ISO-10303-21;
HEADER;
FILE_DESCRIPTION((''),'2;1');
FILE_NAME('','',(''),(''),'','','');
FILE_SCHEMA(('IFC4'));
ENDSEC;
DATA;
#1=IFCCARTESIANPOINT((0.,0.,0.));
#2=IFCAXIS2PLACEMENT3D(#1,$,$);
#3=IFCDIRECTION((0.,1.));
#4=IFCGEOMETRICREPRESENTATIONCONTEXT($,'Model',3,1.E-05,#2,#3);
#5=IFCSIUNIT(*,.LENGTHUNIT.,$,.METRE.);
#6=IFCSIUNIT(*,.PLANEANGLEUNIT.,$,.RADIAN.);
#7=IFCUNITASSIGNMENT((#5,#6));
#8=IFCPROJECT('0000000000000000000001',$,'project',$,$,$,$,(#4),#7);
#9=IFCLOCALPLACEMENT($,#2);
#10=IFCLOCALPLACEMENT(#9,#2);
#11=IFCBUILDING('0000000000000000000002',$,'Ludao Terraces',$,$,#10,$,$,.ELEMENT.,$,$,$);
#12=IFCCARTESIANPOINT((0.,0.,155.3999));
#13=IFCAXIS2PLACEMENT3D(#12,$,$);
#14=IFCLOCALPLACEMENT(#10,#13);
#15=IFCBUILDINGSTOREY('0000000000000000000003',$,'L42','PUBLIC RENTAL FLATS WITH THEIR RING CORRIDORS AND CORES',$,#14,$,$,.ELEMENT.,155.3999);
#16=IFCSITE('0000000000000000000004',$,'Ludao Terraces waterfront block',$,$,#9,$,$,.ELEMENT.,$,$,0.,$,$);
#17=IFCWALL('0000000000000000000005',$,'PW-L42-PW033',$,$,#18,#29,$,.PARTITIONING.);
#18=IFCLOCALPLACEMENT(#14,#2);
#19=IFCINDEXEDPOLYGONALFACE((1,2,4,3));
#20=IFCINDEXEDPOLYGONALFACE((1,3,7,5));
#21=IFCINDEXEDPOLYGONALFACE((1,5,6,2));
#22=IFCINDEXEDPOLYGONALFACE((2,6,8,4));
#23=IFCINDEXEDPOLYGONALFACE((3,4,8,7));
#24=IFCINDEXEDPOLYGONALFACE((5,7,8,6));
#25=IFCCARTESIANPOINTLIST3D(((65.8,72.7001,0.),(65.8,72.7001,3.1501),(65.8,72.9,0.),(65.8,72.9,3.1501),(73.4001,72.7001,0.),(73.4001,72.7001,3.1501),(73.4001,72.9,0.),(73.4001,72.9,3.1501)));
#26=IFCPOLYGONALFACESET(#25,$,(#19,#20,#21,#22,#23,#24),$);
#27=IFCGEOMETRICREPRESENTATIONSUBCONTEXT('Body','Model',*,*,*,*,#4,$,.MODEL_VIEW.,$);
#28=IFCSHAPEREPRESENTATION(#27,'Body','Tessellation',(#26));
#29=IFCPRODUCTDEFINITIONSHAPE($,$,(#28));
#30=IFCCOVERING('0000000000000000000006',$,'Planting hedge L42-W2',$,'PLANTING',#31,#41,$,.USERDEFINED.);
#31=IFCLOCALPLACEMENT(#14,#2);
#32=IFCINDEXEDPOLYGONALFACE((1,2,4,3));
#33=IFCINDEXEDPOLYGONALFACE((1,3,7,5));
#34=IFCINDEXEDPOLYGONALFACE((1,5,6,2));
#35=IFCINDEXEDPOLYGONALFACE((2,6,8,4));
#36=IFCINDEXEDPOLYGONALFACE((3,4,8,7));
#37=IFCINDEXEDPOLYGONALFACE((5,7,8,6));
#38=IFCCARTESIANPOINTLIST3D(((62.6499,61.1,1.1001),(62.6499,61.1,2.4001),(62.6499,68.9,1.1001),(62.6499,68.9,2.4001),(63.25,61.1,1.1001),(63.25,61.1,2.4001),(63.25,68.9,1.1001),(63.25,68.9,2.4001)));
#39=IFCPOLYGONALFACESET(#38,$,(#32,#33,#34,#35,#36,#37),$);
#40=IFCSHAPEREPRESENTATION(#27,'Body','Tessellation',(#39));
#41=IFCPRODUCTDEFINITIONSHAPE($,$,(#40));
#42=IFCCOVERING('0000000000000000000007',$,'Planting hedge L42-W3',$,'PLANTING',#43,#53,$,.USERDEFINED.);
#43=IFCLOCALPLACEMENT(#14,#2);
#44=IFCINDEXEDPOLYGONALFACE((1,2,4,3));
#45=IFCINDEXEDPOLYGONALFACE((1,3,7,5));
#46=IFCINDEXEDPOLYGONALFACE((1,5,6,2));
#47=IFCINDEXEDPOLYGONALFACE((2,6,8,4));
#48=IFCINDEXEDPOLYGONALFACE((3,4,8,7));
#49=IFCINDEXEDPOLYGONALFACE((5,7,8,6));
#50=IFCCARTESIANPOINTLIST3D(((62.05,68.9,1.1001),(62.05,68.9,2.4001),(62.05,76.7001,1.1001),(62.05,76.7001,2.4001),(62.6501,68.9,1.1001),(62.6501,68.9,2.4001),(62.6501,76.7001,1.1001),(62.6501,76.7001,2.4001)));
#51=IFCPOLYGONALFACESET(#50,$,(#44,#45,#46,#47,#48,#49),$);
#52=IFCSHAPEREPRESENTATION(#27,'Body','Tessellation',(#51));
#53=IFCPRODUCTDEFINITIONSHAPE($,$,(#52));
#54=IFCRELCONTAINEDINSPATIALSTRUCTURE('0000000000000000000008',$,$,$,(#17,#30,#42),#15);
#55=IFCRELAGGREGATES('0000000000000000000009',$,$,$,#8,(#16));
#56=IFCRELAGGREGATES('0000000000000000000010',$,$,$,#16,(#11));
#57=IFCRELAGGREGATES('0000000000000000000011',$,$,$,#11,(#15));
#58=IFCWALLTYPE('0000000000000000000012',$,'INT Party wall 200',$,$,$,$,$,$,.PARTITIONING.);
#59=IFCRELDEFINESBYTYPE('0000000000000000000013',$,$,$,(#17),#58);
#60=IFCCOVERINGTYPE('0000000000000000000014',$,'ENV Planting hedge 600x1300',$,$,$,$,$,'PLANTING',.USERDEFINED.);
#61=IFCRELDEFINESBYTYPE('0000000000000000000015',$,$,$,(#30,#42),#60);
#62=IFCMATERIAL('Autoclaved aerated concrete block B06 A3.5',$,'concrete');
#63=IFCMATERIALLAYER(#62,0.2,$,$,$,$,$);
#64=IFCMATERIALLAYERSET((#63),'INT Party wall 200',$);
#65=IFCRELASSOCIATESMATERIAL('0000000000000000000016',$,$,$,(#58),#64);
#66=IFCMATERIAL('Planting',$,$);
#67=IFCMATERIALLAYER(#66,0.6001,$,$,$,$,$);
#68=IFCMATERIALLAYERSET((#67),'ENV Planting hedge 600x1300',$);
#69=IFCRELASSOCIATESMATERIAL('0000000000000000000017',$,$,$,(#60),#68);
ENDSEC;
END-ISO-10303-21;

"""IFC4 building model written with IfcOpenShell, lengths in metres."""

from ifc_helpers import new_model, si_unit, direction, frame, frame_2d, origin, origin_2d, place, context, subcontext, project, spatial, rectangle, extrude, material, layer, layer_set, type_object, element, save


model = new_model("IFC4")

# Units and contexts
model_context = context("Model", 3, precision=1e-05, world=origin(), true_north=direction((0.0, 1.0)))
body_context = subcontext(model_context, "Body", "Model", "MODEL_VIEW")
ifc_project = project(units=[si_unit("LENGTHUNIT", "METRE"), si_unit("PLANEANGLEUNIT", "RADIAN")], contexts=[model_context])

# Site, building, storey
site_placement = place(None, origin())
site = spatial("IfcSite", under=ifc_project, at=site_placement, Name="Ludao Terraces waterfront block", CompositionType="ELEMENT", RefElevation=0.0)
building_placement = place(site_placement, origin())
building = spatial("IfcBuilding", under=site, at=building_placement, Name="Ludao Terraces", CompositionType="ELEMENT")
storey_placement = place(building_placement, frame((0.0, 0.0, 155.3999)))
storey = spatial("IfcBuildingStorey", under=building, at=storey_placement, Name="L42", Description="PUBLIC RENTAL FLATS WITH THEIR RING CORRIDORS AND CORES", CompositionType="ELEMENT", Elevation=155.3999)

# Wall
ifc_material_1 = material(Name="Autoclaved aerated concrete block B06 A3.5", Category="concrete")
ifc_layer_1 = layer(ifc_material_1, 0.2)
ifc_layer_set_1 = layer_set([ifc_layer_1], Name="INT Party wall 200")
wall_type_1 = type_object("IfcWallType", Name="INT Party wall 200", PredefinedType="PARTITIONING", material=ifc_layer_set_1)
wall_1_placement = place(storey_placement, frame((65.8, 72.8, 0.0), z_axis=(0.0, 0.0, 1.0), x_axis=(1.0, 0.0, 0.0)))
element("IfcWall", 1, at=wall_1_placement, inside=storey, type_object=wall_type_1, Name="PW-L42-PW033", PredefinedType="PARTITIONING", context=body_context, shape_type="SweptSolid", body=[
    extrude(rectangle(XDim=7.6001, YDim=0.2, at=frame_2d((3.8, 0.0))), origin(), (0.0, 0.0, 1.0), 3.1501),
])

# Coverings
ifc_material_2 = material(Name="Planting")
ifc_layer_2 = layer(ifc_material_2, 0.6001)
ifc_layer_set_2 = layer_set([ifc_layer_2], Name="ENV Planting hedge 600x1300")
covering_type = type_object("IfcCoveringType", Name="ENV Planting hedge 600x1300", ElementType="PLANTING", PredefinedType="USERDEFINED", material=ifc_layer_set_2)
for number, where, z_axis, x_axis, name in (
    (2, (62.95, 65.0, 1.1001), (0.0, 0.0, 1.0), (1.0, 0.0, 0.0), "Planting hedge L42-W2"),
    (3, (62.3501, 72.8, 1.1001), (0.0, 0.0, 1.0), (1.0, 0.0, 0.0), "Planting hedge L42-W3"),
):
    element("IfcCovering", number, at=place(storey_placement, frame(where, z_axis=z_axis, x_axis=x_axis)), inside=storey, type_object=covering_type, Name=name, ObjectType="PLANTING", PredefinedType="USERDEFINED", context=body_context, shape_type="SweptSolid", body=[
        extrude(rectangle(XDim=0.6001, YDim=7.8, at=origin_2d()), origin(), (0.0, 0.0, 1.0), 1.3),
    ])

save(model, "model.ifc")
